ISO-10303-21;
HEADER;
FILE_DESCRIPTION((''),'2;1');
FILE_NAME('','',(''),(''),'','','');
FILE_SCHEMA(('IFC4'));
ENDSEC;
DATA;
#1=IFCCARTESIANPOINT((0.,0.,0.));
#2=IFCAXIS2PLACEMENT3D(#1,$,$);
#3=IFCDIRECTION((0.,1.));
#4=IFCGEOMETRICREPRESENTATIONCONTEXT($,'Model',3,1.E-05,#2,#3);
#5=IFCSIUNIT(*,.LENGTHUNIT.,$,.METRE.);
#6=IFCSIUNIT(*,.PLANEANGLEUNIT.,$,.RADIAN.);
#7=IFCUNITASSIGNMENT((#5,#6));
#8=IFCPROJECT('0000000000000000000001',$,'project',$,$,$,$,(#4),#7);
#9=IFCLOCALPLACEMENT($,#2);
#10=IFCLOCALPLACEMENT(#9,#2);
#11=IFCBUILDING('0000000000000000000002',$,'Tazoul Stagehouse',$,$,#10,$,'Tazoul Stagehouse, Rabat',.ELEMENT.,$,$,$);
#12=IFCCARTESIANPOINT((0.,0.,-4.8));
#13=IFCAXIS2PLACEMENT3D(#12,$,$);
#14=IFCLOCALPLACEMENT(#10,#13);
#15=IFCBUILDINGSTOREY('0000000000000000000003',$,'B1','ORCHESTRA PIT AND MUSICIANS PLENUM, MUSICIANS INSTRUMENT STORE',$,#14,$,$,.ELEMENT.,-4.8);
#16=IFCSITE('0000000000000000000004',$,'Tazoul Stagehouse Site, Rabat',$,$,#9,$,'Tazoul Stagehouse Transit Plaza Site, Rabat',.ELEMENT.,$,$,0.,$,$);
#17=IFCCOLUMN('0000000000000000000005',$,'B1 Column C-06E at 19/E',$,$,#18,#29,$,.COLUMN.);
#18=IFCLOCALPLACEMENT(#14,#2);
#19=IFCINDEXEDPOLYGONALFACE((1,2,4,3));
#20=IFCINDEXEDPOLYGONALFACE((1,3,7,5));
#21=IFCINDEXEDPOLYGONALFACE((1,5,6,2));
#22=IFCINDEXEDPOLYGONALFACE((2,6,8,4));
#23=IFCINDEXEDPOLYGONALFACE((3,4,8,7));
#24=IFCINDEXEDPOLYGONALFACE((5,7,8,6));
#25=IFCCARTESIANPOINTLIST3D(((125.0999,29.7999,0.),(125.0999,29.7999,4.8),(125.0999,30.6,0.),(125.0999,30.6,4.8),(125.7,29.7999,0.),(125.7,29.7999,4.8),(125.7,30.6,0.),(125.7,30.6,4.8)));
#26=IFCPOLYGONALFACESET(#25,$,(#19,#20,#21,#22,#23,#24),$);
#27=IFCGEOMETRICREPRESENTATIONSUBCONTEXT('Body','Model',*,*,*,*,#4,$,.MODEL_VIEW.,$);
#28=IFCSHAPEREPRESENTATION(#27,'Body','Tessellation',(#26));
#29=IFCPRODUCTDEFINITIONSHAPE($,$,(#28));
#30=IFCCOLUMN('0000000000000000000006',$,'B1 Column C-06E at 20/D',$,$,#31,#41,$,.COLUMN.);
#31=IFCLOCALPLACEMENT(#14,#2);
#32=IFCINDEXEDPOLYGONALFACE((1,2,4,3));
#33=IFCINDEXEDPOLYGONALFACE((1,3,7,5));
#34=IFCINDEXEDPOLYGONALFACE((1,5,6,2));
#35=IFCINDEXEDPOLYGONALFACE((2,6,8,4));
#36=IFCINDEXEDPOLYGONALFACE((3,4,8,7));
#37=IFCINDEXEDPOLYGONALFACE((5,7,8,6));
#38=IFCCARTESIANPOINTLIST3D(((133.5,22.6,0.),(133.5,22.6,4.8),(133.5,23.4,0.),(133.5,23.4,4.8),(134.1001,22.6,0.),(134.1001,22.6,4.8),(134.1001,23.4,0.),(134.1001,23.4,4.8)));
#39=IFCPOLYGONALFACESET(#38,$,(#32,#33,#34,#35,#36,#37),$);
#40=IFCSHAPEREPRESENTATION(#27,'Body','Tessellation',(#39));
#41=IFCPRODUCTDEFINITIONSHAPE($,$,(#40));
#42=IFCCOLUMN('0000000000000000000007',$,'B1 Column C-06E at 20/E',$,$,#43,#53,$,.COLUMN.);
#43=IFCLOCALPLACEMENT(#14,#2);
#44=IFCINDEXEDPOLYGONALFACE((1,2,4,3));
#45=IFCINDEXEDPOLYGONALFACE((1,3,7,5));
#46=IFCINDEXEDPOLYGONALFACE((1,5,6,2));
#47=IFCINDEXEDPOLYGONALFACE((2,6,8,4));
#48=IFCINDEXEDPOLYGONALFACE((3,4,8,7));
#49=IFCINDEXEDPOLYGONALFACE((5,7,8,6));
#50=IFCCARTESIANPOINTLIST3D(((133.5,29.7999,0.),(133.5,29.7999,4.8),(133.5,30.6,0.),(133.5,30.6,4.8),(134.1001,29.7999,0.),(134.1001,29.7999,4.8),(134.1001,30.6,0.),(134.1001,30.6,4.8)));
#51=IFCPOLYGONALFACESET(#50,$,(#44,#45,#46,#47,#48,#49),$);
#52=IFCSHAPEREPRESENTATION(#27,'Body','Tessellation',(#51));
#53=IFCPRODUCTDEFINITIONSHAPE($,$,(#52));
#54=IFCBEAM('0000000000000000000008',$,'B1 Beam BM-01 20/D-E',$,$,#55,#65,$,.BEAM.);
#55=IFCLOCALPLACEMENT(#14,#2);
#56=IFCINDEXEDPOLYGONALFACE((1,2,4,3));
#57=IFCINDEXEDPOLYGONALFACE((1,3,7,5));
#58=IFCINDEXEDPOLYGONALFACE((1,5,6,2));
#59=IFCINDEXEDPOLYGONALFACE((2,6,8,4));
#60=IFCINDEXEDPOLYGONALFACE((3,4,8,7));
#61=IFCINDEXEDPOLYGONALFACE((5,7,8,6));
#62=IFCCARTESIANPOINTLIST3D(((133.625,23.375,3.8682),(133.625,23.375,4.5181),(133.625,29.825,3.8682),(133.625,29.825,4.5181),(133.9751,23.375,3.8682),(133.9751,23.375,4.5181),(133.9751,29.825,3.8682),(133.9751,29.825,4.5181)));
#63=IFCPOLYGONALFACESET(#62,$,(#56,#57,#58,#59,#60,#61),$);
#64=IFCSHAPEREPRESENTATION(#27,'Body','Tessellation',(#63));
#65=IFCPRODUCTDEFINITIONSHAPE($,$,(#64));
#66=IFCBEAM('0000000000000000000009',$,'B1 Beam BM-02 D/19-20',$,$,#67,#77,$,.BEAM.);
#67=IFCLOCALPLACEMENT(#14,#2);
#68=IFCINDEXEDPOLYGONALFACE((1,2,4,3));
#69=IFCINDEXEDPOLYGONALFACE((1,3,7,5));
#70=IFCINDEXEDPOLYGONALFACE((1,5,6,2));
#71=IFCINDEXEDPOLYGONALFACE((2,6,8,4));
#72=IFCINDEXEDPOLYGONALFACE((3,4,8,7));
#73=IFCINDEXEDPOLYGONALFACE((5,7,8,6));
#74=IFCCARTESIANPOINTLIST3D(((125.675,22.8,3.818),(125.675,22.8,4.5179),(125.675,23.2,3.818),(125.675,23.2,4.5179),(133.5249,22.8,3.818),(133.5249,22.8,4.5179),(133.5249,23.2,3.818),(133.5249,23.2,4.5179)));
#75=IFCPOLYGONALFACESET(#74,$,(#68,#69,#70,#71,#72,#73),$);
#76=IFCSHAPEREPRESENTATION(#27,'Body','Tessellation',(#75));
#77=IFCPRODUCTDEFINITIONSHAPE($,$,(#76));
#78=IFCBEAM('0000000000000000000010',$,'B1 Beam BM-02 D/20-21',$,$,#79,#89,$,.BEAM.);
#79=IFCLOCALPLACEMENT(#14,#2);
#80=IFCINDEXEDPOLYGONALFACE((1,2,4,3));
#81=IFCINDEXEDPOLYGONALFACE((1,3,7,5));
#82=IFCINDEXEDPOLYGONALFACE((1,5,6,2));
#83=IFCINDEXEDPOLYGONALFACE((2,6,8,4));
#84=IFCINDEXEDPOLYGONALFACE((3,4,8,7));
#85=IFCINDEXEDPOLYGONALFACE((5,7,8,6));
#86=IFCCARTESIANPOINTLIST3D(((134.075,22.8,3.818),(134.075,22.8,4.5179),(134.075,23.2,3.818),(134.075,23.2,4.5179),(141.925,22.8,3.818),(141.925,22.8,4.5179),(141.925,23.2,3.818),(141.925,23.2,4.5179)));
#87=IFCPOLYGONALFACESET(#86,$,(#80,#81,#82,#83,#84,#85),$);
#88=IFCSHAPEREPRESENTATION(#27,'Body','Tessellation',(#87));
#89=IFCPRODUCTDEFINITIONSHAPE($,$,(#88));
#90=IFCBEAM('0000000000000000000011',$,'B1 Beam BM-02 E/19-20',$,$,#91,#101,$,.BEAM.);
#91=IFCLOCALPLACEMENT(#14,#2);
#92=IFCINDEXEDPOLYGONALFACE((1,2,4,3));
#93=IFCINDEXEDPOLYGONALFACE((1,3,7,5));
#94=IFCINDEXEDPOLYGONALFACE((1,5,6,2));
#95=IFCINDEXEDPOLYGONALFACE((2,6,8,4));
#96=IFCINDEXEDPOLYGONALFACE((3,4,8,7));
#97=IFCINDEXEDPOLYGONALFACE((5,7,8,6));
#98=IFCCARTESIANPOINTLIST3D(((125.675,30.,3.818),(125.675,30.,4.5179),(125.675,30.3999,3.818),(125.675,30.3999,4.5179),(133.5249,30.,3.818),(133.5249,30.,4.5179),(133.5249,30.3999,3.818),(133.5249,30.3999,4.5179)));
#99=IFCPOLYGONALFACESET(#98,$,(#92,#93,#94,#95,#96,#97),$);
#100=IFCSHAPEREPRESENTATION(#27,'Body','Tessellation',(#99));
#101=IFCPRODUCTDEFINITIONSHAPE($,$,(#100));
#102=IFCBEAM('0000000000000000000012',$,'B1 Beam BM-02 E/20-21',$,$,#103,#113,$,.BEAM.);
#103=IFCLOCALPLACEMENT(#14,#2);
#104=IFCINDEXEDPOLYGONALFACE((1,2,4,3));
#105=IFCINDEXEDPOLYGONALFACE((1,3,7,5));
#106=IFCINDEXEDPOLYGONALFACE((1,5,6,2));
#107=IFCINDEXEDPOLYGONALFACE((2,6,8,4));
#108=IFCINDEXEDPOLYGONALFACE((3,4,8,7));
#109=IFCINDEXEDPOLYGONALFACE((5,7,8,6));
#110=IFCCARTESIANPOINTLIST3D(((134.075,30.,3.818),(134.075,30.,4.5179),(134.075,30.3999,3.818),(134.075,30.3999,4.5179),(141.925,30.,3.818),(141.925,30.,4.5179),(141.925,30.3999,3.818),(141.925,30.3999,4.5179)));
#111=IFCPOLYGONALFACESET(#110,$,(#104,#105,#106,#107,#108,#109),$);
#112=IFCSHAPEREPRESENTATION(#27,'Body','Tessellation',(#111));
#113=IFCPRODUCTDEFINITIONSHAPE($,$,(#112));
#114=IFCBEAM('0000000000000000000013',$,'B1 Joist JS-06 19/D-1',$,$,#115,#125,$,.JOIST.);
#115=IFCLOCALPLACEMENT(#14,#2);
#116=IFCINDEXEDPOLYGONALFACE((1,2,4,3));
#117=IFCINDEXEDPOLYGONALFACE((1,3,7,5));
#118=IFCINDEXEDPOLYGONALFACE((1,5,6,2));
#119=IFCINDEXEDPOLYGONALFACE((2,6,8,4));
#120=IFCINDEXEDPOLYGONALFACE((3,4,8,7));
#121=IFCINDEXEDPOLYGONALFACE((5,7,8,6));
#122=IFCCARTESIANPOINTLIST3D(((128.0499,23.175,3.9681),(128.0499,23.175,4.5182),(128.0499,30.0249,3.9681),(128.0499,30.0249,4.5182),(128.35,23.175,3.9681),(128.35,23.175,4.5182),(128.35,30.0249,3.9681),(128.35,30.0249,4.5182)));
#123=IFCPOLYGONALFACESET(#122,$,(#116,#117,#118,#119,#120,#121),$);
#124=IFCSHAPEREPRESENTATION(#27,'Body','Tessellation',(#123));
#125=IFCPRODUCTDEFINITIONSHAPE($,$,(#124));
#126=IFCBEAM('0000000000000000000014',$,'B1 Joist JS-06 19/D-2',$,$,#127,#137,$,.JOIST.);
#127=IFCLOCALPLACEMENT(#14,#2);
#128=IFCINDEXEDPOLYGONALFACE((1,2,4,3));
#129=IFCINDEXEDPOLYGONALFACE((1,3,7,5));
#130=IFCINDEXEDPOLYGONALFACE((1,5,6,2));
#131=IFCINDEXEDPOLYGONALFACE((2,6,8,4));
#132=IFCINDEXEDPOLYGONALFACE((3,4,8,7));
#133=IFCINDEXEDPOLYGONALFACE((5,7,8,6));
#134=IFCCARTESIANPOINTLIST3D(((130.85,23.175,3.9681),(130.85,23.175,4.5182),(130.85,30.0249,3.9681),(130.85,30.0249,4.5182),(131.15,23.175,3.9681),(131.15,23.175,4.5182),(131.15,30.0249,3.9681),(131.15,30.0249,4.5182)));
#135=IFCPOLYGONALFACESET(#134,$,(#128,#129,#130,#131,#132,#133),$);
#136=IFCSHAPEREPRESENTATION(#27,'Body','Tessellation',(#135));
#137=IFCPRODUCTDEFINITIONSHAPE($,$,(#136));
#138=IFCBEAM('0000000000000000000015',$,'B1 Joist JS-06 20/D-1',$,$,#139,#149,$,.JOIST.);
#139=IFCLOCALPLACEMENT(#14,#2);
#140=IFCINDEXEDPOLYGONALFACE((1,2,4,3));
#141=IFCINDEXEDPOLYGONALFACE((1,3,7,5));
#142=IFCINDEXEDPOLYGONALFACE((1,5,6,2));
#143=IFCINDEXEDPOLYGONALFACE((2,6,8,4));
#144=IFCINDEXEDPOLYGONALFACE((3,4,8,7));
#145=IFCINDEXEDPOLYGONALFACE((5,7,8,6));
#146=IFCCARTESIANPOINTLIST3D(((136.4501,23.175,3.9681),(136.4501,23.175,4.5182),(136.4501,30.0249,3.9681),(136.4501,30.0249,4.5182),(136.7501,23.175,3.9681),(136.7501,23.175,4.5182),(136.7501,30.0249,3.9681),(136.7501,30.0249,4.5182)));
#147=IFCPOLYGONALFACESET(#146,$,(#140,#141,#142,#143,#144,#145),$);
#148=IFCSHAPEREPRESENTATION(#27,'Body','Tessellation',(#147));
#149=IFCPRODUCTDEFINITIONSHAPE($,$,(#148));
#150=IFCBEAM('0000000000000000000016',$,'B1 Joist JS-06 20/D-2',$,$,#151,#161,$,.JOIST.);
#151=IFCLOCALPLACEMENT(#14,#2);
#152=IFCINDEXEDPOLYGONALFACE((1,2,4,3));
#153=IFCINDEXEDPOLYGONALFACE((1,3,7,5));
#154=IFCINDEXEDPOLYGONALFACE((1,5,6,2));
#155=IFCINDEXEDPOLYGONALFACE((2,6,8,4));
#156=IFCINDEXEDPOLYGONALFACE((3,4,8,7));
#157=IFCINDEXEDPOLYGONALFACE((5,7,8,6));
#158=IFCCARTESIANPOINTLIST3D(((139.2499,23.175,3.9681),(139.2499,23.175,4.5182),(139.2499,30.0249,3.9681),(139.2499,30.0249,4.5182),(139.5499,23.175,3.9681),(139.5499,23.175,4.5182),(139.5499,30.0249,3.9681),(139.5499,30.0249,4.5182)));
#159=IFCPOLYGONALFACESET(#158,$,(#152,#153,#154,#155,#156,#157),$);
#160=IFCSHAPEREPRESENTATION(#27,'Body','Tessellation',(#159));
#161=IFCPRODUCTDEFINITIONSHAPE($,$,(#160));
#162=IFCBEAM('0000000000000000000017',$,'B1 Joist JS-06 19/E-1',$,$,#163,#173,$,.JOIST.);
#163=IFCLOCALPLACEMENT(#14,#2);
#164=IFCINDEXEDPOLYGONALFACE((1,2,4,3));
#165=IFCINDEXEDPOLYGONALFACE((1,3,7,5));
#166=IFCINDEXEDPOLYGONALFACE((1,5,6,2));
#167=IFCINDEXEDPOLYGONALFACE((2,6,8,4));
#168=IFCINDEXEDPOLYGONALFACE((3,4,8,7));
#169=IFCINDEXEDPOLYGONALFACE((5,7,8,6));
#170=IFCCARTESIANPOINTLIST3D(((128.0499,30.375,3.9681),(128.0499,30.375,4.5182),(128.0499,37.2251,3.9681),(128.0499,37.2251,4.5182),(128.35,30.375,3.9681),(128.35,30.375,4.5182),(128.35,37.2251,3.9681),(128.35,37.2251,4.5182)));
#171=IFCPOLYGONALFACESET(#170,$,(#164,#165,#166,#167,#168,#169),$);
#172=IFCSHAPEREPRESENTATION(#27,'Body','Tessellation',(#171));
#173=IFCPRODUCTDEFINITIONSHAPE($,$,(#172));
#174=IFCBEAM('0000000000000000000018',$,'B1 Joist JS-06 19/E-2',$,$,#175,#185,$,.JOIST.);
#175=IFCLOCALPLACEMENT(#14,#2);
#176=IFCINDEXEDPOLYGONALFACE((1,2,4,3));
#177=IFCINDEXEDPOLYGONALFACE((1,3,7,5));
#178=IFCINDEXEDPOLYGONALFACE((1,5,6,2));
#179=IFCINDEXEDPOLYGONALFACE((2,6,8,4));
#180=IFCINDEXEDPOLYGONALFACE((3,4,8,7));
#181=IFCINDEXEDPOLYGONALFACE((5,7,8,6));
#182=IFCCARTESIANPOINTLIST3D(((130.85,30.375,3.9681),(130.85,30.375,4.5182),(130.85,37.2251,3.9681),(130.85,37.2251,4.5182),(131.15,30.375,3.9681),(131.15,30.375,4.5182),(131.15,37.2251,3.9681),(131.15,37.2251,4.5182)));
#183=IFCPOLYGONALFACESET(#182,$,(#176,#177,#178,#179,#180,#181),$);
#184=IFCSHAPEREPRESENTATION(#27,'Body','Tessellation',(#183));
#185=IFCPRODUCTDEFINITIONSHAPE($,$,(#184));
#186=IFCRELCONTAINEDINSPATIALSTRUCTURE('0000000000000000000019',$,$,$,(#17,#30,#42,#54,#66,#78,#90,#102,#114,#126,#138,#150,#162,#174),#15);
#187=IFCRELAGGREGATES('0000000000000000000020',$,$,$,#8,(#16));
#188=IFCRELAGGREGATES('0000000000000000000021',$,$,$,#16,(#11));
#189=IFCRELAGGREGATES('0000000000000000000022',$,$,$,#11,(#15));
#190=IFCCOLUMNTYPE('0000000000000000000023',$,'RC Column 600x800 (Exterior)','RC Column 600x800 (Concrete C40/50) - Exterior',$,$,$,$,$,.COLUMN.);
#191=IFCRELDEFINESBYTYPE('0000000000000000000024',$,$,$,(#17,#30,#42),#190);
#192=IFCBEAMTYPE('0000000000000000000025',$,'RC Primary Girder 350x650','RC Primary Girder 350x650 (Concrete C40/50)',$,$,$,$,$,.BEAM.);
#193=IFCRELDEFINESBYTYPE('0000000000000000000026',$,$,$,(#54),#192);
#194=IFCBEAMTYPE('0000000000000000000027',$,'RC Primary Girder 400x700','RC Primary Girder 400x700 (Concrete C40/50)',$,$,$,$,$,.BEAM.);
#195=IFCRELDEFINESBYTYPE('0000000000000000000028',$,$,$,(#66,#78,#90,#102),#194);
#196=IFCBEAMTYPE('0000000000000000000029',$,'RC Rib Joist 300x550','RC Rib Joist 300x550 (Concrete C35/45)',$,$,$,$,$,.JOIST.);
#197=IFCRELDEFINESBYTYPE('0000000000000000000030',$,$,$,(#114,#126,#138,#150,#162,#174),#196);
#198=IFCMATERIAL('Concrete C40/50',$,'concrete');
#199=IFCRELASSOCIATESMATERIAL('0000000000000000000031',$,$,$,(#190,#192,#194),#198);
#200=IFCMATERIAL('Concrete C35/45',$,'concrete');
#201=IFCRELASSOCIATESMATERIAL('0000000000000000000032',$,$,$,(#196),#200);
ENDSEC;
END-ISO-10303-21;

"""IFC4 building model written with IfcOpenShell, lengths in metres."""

from ifc_helpers import new_model, si_unit, direction, frame, origin, origin_2d, place, context, subcontext, project, spatial, rectangle, extrude, material, material_profile, profile_set, type_object, element, save


model = new_model("IFC4")

# Units and contexts
model_context = context("Model", 3, precision=1e-05, world=origin(), true_north=direction((0.0, 1.0)))
body_context = subcontext(model_context, "Body", "Model", "MODEL_VIEW")
ifc_project = project(units=[si_unit("LENGTHUNIT", "METRE"), si_unit("PLANEANGLEUNIT", "RADIAN")], contexts=[model_context])

# Site, building, storey
site_placement = place(None, origin())
site = spatial("IfcSite", under=ifc_project, at=site_placement, Name="Tazoul Stagehouse Site, Rabat", LongName="Tazoul Stagehouse Transit Plaza Site, Rabat", CompositionType="ELEMENT", RefElevation=0.0)
building_placement = place(site_placement, origin())
building = spatial("IfcBuilding", under=site, at=building_placement, Name="Tazoul Stagehouse", LongName="Tazoul Stagehouse, Rabat", CompositionType="ELEMENT")
storey_placement = place(building_placement, frame((0.0, 0.0, -4.8)))
storey = spatial("IfcBuildingStorey", under=building, at=storey_placement, Name="B1", Description="ORCHESTRA PIT AND MUSICIANS PLENUM, MUSICIANS INSTRUMENT STORE", CompositionType="ELEMENT", Elevation=-4.8)

# Shared definitions
ifc_material_1 = material(Name="Concrete C35/45", Category="concrete")

# Columns
ifc_material_2 = material(Name="Concrete C40/50", Category="concrete")
ifc_material_profile_1 = material_profile(ifc_material_2, rectangle(XDim=0.6001, YDim=0.8, at=origin_2d()), Name="RC 600x800")
ifc_profile_set_1 = profile_set([ifc_material_profile_1], Name="Concrete C40/50")
column_type = type_object("IfcColumnType", Name="RC Column 600x800 (Exterior)", Description="RC Column 600x800 (Concrete C40/50) - Exterior", PredefinedType="COLUMN", material=ifc_profile_set_1)
for number, where, z_axis, x_axis, name in (
    (1, (125.3999, 30.2, 0.0), (0.0, 0.0, 1.0), (1.0, 0.0, 0.0), "B1 Column C-06E at 19/E"),
    (2, (133.8, 23.0, 0.0), (0.0, 0.0, 1.0), (1.0, 0.0, 0.0), "B1 Column C-06E at 20/D"),
    (3, (133.8, 30.2, 0.0), (0.0, 0.0, 1.0), (1.0, 0.0, 0.0), "B1 Column C-06E at 20/E"),
):
    element("IfcColumn", number, at=place(storey_placement, frame(where, z_axis=z_axis, x_axis=x_axis)), inside=storey, type_object=column_type, Name=name, PredefinedType="COLUMN", context=body_context, shape_type="SweptSolid", body=[
        extrude(rectangle(XDim=0.6001, YDim=0.8, at=origin_2d()), origin(), (0.0, 0.0, 1.0), 4.8),
    ])

# Beams
ifc_material_profile_2 = material_profile(ifc_material_2, rectangle(XDim=0.3501, YDim=0.6499, at=origin_2d()), Name="RC 350x650")
ifc_profile_set_2 = profile_set([ifc_material_profile_2], Name="Concrete C40/50")
beam_type_1 = type_object("IfcBeamType", Name="RC Primary Girder 350x650", Description="RC Primary Girder 350x650 (Concrete C40/50)", PredefinedType="BEAM", material=ifc_profile_set_2)
beam_1_placement = place(storey_placement, frame((133.8, 23.375, 4.1931), z_axis=(0.0, 1.0, 0.0), x_axis=(-1.0, 0.0, 0.0)))
element("IfcBeam", 4, at=beam_1_placement, inside=storey, type_object=beam_type_1, Name="B1 Beam BM-01 20/D-E", PredefinedType="BEAM", context=body_context, shape_type="SweptSolid", body=[
    extrude(rectangle(XDim=0.3501, YDim=0.6499, at=origin_2d()), origin(), (0.0, 0.0, 1.0), 6.45),
])
ifc_material_profile_3 = material_profile(ifc_material_2, rectangle(XDim=0.3999, YDim=0.7, at=origin_2d()), Name="RC 400x700")
ifc_profile_set_3 = profile_set([ifc_material_profile_3], Name="Concrete C40/50")
beam_type_2 = type_object("IfcBeamType", Name="RC Primary Girder 400x700", Description="RC Primary Girder 400x700 (Concrete C40/50)", PredefinedType="BEAM", material=ifc_profile_set_3)
beam_2_placement = place(storey_placement, frame((125.675, 23.0, 4.168), z_axis=(1.0, 0.0, 0.0), x_axis=(0.0, 1.0, 0.0)))
element("IfcBeam", 5, at=beam_2_placement, inside=storey, type_object=beam_type_2, Name="B1 Beam BM-02 D/19-20", PredefinedType="BEAM", context=body_context, shape_type="SweptSolid", body=[
    extrude(rectangle(XDim=0.3999, YDim=0.7, at=origin_2d()), origin(), (0.0, 0.0, 1.0), 7.8499),
])
beam_3_placement = place(storey_placement, frame((134.075, 23.0, 4.168), z_axis=(1.0, 0.0, 0.0), x_axis=(0.0, 1.0, 0.0)))
element("IfcBeam", 6, at=beam_3_placement, inside=storey, type_object=beam_type_2, Name="B1 Beam BM-02 D/20-21", PredefinedType="BEAM", context=body_context, shape_type="SweptSolid", body=[
    extrude(rectangle(XDim=0.3999, YDim=0.7, at=origin_2d()), origin(), (0.0, 0.0, 1.0), 7.8501),
])
beam_4_placement = place(storey_placement, frame((125.675, 30.2, 4.168), z_axis=(1.0, 0.0, 0.0), x_axis=(0.0, 1.0, 0.0)))
element("IfcBeam", 7, at=beam_4_placement, inside=storey, type_object=beam_type_2, Name="B1 Beam BM-02 E/19-20", PredefinedType="BEAM", context=body_context, shape_type="SweptSolid", body=[
    extrude(rectangle(XDim=0.3999, YDim=0.7, at=origin_2d()), origin(), (0.0, 0.0, 1.0), 7.8499),
])
beam_5_placement = place(storey_placement, frame((134.075, 30.2, 4.168), z_axis=(1.0, 0.0, 0.0), x_axis=(0.0, 1.0, 0.0)))
element("IfcBeam", 8, at=beam_5_placement, inside=storey, type_object=beam_type_2, Name="B1 Beam BM-02 E/20-21", PredefinedType="BEAM", context=body_context, shape_type="SweptSolid", body=[
    extrude(rectangle(XDim=0.3999, YDim=0.7, at=origin_2d()), origin(), (0.0, 0.0, 1.0), 7.8501),
])
ifc_material_profile_4 = material_profile(ifc_material_1, rectangle(XDim=0.3, YDim=0.55, at=origin_2d()), Name="RC 300x550")
ifc_profile_set_4 = profile_set([ifc_material_profile_4], Name="Concrete C35/45")
beam_type_3 = type_object("IfcBeamType", Name="RC Rib Joist 300x550", Description="RC Rib Joist 300x550 (Concrete C35/45)", PredefinedType="JOIST", material=ifc_profile_set_4)
for number, where, z_axis, x_axis, name in (
    (9, (128.2, 23.175, 4.2432), (0.0, 1.0, 0.0), (-1.0, 0.0, 0.0), "B1 Joist JS-06 19/D-1"),
    (10, (131.0, 23.175, 4.2432), (0.0, 1.0, 0.0), (-1.0, 0.0, 0.0), "B1 Joist JS-06 19/D-2"),
    (11, (136.6001, 23.175, 4.2432), (0.0, 1.0, 0.0), (-1.0, 0.0, 0.0), "B1 Joist JS-06 20/D-1"),
    (12, (139.3999, 23.175, 4.2432), (0.0, 1.0, 0.0), (-1.0, 0.0, 0.0), "B1 Joist JS-06 20/D-2"),
):
    element("IfcBeam", number, at=place(storey_placement, frame(where, z_axis=z_axis, x_axis=x_axis)), inside=storey, type_object=beam_type_3, Name=name, PredefinedType="JOIST", context=body_context, shape_type="SweptSolid", body=[
        extrude(rectangle(XDim=0.3, YDim=0.55, at=origin_2d()), origin(), (0.0, 0.0, 1.0), 6.8499),
    ])
for number, where, z_axis, x_axis, name in (
    (13, (128.2, 30.375, 4.2432), (0.0, 1.0, 0.0), (-1.0, 0.0, 0.0), "B1 Joist JS-06 19/E-1"),
    (14, (131.0, 30.375, 4.2432), (0.0, 1.0, 0.0), (-1.0, 0.0, 0.0), "B1 Joist JS-06 19/E-2"),
):
    element("IfcBeam", number, at=place(storey_placement, frame(where, z_axis=z_axis, x_axis=x_axis)), inside=storey, type_object=beam_type_3, Name=name, PredefinedType="JOIST", context=body_context, shape_type="SweptSolid", body=[
        extrude(rectangle(XDim=0.3, YDim=0.55, at=origin_2d()), origin(), (0.0, 0.0, 1.0), 6.8501),
    ])

save(model, "model.ifc")
